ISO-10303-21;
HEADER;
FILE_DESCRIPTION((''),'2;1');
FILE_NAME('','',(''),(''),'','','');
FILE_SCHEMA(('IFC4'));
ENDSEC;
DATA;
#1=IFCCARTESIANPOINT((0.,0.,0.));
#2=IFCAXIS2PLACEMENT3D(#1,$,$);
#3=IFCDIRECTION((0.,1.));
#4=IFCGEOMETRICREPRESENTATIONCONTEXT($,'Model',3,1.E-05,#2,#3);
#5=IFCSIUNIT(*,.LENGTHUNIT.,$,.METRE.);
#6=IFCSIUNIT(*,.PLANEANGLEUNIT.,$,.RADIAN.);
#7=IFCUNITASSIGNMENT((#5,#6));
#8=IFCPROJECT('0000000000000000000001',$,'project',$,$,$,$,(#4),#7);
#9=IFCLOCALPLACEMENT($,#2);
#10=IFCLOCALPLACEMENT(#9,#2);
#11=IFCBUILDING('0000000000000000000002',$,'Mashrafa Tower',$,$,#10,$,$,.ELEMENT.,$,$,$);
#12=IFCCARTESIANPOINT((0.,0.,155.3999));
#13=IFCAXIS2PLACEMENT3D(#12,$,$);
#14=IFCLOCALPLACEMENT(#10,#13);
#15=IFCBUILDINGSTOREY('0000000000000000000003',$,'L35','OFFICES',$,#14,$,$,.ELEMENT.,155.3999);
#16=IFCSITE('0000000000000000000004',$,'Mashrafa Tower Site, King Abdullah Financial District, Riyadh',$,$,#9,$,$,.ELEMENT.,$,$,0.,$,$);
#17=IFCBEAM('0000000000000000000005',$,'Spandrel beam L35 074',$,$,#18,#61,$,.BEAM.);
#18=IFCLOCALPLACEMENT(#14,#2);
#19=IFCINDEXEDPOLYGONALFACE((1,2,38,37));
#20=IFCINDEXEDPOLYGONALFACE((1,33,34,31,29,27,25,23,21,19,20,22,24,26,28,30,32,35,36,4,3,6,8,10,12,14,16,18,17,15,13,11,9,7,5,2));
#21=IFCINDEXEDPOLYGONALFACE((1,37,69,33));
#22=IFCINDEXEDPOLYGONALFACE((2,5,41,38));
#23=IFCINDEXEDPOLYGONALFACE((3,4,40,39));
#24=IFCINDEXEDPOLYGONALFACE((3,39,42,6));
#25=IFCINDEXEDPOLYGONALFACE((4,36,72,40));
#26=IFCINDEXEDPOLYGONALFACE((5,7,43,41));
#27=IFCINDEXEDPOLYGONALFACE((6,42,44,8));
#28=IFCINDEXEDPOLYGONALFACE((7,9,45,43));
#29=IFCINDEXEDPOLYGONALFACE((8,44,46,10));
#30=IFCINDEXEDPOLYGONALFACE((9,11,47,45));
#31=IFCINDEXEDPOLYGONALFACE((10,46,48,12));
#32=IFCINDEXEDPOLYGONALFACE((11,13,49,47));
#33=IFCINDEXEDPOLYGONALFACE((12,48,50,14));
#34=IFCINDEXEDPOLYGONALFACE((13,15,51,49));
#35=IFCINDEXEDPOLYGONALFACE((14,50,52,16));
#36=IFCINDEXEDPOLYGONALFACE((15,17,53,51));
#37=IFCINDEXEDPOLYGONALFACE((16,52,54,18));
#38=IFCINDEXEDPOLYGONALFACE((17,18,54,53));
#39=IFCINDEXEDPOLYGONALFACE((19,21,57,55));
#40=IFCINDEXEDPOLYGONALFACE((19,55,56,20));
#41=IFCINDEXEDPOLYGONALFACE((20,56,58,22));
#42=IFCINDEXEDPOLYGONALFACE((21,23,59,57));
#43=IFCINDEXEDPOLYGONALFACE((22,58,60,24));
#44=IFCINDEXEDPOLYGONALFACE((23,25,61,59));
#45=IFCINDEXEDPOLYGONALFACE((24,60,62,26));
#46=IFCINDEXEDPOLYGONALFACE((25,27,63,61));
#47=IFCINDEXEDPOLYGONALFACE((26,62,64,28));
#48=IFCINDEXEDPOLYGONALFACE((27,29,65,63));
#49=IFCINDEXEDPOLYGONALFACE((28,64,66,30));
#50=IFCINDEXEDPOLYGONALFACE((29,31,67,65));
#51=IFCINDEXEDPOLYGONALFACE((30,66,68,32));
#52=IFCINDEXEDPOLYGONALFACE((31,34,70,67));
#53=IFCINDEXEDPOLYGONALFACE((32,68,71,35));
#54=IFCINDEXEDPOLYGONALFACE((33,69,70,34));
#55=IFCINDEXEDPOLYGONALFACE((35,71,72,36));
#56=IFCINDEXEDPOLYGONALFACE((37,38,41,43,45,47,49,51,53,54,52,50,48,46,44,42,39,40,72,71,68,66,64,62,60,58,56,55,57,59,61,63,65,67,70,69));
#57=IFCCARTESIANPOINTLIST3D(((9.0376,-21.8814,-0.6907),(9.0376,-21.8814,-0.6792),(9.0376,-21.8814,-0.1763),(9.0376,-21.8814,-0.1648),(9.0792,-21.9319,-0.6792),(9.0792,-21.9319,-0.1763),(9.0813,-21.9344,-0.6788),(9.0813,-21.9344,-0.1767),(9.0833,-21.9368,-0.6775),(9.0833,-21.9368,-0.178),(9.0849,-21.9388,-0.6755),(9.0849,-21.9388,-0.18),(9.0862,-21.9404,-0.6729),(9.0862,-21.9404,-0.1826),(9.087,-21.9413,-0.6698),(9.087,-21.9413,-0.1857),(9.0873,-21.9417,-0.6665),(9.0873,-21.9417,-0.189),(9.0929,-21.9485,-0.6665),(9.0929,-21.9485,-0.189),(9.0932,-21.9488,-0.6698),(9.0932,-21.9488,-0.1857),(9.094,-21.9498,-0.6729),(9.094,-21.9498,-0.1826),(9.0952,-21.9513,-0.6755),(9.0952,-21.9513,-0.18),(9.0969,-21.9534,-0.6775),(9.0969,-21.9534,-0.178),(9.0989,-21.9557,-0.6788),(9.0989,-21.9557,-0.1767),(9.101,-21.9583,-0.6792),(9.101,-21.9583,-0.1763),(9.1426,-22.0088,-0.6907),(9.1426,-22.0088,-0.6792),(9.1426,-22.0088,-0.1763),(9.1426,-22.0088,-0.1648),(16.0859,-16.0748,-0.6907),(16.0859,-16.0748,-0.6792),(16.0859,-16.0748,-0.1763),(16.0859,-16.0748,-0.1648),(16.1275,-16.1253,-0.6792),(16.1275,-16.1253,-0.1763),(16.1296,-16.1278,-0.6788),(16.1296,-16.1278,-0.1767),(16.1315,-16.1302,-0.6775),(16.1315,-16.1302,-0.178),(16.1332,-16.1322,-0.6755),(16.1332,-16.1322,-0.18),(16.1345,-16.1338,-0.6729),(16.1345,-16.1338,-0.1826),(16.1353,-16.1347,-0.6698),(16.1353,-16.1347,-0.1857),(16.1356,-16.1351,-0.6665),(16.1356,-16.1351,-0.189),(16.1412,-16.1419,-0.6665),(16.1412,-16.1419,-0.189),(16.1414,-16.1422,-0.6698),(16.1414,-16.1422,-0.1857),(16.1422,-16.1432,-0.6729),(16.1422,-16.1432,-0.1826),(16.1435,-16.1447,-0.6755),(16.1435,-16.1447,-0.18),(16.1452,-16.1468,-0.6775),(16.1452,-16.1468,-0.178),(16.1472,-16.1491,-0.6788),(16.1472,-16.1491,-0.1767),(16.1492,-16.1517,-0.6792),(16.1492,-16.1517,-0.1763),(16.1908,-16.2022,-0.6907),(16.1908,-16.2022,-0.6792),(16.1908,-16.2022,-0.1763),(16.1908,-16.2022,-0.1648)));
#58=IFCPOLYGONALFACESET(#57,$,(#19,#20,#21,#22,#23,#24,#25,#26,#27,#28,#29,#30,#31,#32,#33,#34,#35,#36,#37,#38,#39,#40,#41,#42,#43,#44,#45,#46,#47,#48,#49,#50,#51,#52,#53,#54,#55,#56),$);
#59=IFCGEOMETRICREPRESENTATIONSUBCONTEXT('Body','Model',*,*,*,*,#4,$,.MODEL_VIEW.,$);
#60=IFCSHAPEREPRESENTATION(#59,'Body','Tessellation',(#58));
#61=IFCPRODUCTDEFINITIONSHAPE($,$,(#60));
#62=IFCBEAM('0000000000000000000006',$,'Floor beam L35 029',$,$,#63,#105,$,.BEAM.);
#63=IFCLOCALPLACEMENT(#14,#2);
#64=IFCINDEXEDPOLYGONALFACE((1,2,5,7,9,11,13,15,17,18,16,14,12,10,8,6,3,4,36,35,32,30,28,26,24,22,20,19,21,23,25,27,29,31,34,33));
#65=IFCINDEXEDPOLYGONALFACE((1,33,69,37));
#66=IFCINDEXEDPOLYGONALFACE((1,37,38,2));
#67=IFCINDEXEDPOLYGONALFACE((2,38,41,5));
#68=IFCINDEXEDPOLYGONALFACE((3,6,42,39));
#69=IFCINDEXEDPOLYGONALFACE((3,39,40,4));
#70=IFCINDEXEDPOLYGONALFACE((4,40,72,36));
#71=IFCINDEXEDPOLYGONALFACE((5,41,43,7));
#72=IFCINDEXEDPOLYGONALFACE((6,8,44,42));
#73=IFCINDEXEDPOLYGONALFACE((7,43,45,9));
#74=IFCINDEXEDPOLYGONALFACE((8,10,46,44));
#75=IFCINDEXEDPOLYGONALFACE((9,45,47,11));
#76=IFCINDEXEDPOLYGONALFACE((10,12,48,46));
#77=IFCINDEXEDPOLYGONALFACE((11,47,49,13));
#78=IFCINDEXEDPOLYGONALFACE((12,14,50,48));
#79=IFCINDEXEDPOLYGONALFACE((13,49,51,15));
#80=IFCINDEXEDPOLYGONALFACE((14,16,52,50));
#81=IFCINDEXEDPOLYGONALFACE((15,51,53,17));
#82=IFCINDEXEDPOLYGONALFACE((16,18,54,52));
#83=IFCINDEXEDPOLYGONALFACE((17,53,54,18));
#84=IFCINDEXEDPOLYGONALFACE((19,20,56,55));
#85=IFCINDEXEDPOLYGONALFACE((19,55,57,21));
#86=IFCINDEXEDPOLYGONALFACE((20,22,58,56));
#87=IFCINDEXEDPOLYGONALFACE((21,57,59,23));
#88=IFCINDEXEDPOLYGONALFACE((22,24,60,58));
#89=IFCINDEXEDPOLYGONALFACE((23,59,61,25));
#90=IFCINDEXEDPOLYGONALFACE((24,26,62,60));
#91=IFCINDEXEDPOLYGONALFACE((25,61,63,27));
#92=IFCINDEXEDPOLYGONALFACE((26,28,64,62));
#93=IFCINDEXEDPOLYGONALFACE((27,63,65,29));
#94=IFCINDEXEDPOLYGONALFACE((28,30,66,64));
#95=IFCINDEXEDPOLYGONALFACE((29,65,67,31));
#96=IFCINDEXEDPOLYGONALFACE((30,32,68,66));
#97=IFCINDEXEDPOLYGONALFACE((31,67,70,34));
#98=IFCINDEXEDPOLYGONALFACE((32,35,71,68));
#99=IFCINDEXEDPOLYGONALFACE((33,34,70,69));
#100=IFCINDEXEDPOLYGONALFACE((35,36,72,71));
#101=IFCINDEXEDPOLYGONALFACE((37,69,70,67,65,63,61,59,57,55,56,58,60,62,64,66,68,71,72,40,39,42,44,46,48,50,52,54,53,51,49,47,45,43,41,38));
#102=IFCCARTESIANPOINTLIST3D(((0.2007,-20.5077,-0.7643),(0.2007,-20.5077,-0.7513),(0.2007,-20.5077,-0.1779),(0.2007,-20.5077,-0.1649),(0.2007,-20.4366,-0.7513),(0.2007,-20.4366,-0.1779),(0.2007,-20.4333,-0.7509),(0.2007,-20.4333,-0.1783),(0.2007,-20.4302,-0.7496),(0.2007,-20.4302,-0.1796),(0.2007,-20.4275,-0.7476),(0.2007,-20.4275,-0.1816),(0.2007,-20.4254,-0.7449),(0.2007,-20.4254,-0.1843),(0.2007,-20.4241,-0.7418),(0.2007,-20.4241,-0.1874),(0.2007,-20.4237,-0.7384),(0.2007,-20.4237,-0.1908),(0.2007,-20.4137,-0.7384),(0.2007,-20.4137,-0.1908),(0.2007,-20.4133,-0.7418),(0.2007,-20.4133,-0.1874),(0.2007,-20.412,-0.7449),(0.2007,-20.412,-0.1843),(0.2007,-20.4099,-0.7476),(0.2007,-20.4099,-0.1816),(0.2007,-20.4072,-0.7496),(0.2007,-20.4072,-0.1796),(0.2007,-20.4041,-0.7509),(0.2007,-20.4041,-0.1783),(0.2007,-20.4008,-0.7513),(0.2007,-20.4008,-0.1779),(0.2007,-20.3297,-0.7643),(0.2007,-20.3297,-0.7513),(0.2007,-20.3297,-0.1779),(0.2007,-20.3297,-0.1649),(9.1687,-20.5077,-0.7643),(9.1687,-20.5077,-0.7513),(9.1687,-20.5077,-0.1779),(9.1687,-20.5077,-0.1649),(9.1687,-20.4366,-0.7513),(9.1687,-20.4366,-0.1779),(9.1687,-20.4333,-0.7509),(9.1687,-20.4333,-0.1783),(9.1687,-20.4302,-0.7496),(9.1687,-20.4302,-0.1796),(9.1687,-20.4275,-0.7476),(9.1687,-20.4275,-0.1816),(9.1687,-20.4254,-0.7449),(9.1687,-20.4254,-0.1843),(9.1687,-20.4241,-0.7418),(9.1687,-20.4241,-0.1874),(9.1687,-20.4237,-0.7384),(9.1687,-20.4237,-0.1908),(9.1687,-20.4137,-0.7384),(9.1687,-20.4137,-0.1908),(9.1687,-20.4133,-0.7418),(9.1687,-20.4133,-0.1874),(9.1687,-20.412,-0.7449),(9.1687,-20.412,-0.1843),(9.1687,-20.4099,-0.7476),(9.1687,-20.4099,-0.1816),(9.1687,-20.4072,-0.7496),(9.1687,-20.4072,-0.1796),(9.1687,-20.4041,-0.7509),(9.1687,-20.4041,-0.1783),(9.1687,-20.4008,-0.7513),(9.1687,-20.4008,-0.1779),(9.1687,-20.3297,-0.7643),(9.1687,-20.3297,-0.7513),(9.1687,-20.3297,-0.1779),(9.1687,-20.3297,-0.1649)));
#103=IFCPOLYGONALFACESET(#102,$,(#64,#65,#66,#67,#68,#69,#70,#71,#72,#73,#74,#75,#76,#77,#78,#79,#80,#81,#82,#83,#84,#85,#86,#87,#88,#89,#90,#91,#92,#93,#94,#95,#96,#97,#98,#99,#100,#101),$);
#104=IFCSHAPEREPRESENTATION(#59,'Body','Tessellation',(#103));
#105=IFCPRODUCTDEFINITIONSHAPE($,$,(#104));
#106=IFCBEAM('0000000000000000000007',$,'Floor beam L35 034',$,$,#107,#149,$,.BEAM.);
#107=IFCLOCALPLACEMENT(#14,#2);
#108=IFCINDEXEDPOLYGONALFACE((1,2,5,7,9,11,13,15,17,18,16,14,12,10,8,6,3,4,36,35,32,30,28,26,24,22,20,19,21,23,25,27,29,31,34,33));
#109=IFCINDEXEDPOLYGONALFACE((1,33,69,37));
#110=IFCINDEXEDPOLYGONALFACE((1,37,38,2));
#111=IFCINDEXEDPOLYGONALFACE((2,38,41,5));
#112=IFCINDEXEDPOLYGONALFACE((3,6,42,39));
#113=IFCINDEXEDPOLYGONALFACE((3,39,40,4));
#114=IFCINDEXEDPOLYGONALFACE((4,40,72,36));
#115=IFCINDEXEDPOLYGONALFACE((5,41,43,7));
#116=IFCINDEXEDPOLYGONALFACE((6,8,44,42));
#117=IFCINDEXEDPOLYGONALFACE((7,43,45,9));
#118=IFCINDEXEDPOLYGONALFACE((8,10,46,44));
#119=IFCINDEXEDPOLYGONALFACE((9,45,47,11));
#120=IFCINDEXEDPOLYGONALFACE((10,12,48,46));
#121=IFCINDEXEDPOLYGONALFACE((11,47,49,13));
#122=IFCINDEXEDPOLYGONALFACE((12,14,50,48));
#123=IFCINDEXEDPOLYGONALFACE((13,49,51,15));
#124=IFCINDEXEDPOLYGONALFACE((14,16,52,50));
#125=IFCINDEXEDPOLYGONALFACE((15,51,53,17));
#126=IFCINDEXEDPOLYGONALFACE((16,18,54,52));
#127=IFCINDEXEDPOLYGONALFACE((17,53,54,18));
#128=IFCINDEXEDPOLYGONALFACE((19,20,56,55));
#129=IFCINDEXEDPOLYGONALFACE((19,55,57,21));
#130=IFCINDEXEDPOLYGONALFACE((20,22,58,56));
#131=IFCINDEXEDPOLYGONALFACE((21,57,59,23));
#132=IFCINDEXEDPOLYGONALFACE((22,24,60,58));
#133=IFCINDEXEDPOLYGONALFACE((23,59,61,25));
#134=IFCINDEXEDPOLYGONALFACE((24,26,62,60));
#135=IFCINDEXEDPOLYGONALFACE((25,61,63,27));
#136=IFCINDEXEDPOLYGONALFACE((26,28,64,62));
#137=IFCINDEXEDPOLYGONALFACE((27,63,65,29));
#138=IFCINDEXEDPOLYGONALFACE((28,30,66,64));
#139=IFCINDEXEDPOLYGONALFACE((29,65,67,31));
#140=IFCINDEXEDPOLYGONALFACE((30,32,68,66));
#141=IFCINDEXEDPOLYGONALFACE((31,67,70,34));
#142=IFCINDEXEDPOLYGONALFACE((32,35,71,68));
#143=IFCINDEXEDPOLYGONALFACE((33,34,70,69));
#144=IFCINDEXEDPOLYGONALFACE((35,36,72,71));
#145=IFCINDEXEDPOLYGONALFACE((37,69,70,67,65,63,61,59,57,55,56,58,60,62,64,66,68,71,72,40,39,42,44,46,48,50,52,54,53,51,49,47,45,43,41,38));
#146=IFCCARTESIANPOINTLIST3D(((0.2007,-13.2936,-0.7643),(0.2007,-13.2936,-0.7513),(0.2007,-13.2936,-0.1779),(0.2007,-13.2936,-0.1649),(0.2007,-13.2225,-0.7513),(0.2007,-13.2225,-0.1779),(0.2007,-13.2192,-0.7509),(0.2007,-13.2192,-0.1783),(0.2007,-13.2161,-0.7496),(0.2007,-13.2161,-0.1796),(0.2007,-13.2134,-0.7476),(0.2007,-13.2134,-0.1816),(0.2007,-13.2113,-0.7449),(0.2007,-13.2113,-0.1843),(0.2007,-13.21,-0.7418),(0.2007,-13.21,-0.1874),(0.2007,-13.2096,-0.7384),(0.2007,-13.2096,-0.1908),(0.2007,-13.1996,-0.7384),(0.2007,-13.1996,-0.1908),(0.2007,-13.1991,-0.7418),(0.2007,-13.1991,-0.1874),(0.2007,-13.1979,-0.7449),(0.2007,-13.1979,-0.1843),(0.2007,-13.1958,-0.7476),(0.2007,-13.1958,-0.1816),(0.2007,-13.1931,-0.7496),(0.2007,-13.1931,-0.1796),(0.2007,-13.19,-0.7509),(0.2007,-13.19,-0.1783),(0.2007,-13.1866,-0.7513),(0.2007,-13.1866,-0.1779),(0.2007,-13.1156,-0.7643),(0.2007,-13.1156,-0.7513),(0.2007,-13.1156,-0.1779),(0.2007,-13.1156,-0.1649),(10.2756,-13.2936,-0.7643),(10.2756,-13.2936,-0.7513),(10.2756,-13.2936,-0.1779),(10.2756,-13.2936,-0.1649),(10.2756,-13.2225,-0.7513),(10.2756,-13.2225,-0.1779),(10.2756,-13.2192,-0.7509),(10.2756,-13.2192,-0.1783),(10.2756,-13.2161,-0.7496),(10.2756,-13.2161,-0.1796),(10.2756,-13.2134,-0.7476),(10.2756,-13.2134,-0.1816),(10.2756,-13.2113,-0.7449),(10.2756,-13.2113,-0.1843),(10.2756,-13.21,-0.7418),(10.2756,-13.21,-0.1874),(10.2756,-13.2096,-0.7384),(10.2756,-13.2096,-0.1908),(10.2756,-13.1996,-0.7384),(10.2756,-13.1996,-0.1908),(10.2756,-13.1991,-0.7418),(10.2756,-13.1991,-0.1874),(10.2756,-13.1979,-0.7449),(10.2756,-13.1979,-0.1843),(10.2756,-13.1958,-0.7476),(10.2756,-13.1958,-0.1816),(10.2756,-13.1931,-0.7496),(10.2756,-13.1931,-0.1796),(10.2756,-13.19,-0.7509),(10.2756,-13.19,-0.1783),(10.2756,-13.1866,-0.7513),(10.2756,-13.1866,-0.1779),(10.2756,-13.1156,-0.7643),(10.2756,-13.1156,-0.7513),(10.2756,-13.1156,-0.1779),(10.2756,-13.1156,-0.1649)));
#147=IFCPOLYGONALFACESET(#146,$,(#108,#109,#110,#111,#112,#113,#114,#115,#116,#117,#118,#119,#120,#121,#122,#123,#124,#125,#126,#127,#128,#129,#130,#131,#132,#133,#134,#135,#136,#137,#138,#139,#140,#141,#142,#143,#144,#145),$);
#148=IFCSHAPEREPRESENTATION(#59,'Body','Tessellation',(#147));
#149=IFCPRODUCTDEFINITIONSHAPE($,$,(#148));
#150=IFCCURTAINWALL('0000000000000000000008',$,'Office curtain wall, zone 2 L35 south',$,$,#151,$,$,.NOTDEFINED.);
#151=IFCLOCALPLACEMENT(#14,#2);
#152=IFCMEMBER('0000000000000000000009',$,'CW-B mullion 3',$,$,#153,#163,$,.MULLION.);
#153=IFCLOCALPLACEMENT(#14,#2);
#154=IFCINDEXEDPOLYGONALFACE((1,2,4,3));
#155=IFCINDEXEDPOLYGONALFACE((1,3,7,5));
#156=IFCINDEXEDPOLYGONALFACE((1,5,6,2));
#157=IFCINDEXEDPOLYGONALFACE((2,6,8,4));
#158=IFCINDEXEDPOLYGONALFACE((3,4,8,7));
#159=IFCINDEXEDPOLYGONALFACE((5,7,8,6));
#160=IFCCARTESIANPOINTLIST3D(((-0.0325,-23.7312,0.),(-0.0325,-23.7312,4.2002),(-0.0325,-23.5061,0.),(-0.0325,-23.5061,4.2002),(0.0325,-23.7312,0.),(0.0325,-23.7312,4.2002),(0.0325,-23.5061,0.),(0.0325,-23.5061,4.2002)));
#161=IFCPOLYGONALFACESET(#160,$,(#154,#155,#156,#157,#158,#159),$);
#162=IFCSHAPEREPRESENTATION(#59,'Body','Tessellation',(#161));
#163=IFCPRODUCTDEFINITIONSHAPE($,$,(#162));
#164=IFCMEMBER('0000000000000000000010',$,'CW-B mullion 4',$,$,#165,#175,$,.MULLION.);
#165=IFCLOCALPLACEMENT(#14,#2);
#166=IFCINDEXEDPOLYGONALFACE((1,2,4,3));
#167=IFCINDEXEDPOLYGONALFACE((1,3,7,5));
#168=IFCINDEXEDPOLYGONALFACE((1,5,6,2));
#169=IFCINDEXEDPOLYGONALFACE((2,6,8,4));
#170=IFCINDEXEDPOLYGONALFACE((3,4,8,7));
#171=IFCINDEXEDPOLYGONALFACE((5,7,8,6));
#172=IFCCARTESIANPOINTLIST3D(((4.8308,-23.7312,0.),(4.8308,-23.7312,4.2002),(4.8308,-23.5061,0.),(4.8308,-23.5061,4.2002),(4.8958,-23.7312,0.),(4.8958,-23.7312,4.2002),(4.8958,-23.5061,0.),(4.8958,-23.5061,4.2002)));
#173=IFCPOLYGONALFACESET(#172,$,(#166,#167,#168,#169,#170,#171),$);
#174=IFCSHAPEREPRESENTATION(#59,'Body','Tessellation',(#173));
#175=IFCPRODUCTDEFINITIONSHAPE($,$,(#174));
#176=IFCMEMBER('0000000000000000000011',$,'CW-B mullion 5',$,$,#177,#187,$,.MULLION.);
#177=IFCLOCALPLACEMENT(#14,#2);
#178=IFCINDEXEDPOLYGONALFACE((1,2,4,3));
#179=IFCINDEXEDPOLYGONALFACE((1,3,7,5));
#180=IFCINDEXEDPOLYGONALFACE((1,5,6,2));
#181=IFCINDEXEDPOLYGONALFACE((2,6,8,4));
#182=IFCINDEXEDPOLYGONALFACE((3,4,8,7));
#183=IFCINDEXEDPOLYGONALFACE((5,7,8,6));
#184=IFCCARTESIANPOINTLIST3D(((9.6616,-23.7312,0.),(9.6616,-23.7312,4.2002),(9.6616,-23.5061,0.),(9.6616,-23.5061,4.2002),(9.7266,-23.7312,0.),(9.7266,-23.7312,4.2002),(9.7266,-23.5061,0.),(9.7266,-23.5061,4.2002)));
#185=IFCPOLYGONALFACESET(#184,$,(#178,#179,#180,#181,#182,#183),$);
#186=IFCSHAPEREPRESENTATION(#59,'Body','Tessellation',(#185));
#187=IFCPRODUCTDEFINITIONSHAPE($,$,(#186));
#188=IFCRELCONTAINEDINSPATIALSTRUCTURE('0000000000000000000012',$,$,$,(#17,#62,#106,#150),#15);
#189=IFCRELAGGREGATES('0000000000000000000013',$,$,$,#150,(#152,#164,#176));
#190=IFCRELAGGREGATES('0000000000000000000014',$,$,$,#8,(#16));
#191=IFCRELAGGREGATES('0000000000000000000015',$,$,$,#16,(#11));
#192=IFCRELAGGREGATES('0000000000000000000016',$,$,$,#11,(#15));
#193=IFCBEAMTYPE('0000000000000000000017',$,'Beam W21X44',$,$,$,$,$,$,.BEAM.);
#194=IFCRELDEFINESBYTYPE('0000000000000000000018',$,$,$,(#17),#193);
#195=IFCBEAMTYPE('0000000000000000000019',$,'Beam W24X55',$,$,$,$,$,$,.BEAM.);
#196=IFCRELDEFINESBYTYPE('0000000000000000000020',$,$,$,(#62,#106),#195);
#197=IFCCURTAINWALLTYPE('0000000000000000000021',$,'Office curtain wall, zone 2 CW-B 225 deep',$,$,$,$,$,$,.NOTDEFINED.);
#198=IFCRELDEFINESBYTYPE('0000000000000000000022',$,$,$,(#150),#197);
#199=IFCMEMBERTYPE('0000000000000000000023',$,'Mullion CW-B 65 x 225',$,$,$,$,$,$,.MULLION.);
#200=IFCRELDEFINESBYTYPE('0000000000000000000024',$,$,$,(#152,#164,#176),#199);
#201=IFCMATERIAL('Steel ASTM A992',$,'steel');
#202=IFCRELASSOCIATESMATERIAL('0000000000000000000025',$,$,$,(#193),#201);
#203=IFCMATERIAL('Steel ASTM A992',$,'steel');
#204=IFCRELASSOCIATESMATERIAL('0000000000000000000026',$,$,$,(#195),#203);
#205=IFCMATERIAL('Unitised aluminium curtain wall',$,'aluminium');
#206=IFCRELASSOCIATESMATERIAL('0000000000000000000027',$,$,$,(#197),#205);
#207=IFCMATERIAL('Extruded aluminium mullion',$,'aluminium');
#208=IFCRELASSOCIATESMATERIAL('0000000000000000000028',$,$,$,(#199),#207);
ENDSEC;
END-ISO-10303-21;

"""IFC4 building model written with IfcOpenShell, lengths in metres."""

from ifc_helpers import new_model, si_unit, direction, frame, origin, origin_2d, place, context, subcontext, project, spatial, rectangle, i_section, extrude, source, transform, mapped, material, material_profile, profile_set, type_object, type_shapes, element, aggregate, save


model = new_model("IFC4")

# Units and contexts
model_context = context("Model", 3, precision=1e-05, world=origin(), true_north=direction((0.0, 1.0)))
body_context = subcontext(model_context, "Body", "Model", "MODEL_VIEW")
ifc_project = project(units=[si_unit("LENGTHUNIT", "METRE"), si_unit("PLANEANGLEUNIT", "RADIAN")], contexts=[model_context])

# Site, building, storey
site_placement = place(None, origin())
site = spatial("IfcSite", under=ifc_project, at=site_placement, Name="Mashrafa Tower Site, King Abdullah Financial District, Riyadh", CompositionType="ELEMENT", RefElevation=0.0)
building_placement = place(site_placement, origin())
building = spatial("IfcBuilding", under=site, at=building_placement, Name="Mashrafa Tower", CompositionType="ELEMENT")
storey_placement = place(building_placement, frame((0.0, 0.0, 155.3999)))
storey = spatial("IfcBuildingStorey", under=building, at=storey_placement, Name="L35", Description="OFFICES", CompositionType="ELEMENT", Elevation=155.3999)

# Beams
ifc_material_1 = material(Name="Steel ASTM A992", Category="steel")
ifc_material_profile_1 = material_profile(ifc_material_1, i_section(OverallWidth=0.165, OverallDepth=0.5259, WebThickness=0.0088, FlangeThickness=0.0115, FilletRadius=0.0127, at=origin_2d()), Name="W21X44")
ifc_profile_set_1 = profile_set([ifc_material_profile_1], Name="Steel ASTM A992")
beam_type_1 = type_object("IfcBeamType", Name="Beam W21X44", PredefinedType="BEAM", material=ifc_profile_set_1)
beam_1_placement = place(storey_placement, frame((9.0901, -21.9451, -0.4277), z_axis=(0.771816, 0.635846, 0.0), x_axis=(-0.635846, 0.771816, 0.0)))
element("IfcBeam", 1, at=beam_1_placement, inside=storey, type_object=beam_type_1, Name="Spandrel beam L35 074", PredefinedType="BEAM", context=body_context, shape_type="SweptSolid", body=[
    extrude(i_section(OverallWidth=0.165, OverallDepth=0.5259, WebThickness=0.0088, FlangeThickness=0.0115, FilletRadius=0.0127, at=origin_2d()), origin(), (0.0, 0.0, 1.0), 9.1321),
])
ifc_material_2 = material(Name="Steel ASTM A992", Category="steel")
ifc_material_profile_2 = material_profile(ifc_material_2, i_section(OverallWidth=0.178, OverallDepth=0.5994, WebThickness=0.01, FlangeThickness=0.0129, FilletRadius=0.0129, at=origin_2d()), Name="W24X55")
ifc_profile_set_2 = profile_set([ifc_material_profile_2], Name="Steel ASTM A992")
beam_type_2 = type_object("IfcBeamType", Name="Beam W24X55", PredefinedType="BEAM", material=ifc_profile_set_2)
beam_2_placement = place(storey_placement, frame((9.1687, -20.4187, -0.4646), z_axis=(-1.0, 0.0, 0.0), x_axis=(0.0, -1.0, 0.0)))
element("IfcBeam", 2, at=beam_2_placement, inside=storey, type_object=beam_type_2, Name="Floor beam L35 029", PredefinedType="BEAM", context=body_context, shape_type="SweptSolid", body=[
    extrude(i_section(OverallWidth=0.178, OverallDepth=0.5994, WebThickness=0.01, FlangeThickness=0.0129, FilletRadius=0.0129, at=origin_2d()), origin(), (0.0, 0.0, 1.0), 8.968),
])
beam_3_placement = place(storey_placement, frame((10.2756, -13.2046, -0.4646), z_axis=(-1.0, 0.0, 0.0), x_axis=(0.0, -1.0, 0.0)))
element("IfcBeam", 3, at=beam_3_placement, inside=storey, type_object=beam_type_2, Name="Floor beam L35 034", PredefinedType="BEAM", context=body_context, shape_type="SweptSolid", body=[
    extrude(i_section(OverallWidth=0.178, OverallDepth=0.5994, WebThickness=0.01, FlangeThickness=0.0129, FilletRadius=0.0129, at=origin_2d()), origin(), (0.0, 0.0, 1.0), 10.075),
])

# Curtain wall, members
ifc_material_3 = material(Name="Unitised aluminium curtain wall", Category="aluminium")
curtain_wall_type = type_object("IfcCurtainWallType", Name="Office curtain wall, zone 2 CW-B 225 deep", PredefinedType="NOTDEFINED", material=ifc_material_3)
curtain_wall_1_placement = place(storey_placement, origin())
curtain_wall_1 = element("IfcCurtainWall", 4, at=curtain_wall_1_placement, inside=storey, type_object=curtain_wall_type, Name="Office curtain wall, zone 2 L35 south", PredefinedType="NOTDEFINED")
ifc_material_4 = material(Name="Extruded aluminium mullion", Category="aluminium")
ifc_material_profile_3 = material_profile(ifc_material_4, rectangle(XDim=0.2251, YDim=0.0649, at=origin_2d()), Name="Mullion 65x225")
ifc_profile_set_3 = profile_set([ifc_material_profile_3], Name="Extruded aluminium mullion")
member_type_1 = type_object("IfcMemberType", Name="Mullion CW-B 65 x 225", PredefinedType="MULLION", material=ifc_profile_set_3)
shared_shape_1 = source(origin(), body_context, "Body", "SweptSolid", [
    extrude(rectangle(XDim=0.2251, YDim=0.0649, at=origin_2d()), origin(), (0.0, 0.0, 1.0), 4.2002),
])
type_shapes(member_type_1, [shared_shape_1])
member_1_placement = place(storey_placement, frame((0.0, -23.6187, 0.0), z_axis=(0.0, 0.0, 1.0), x_axis=(0.0, 1.0, 0.0)))
member_1 = element("IfcMember", 5, at=member_1_placement, type_object=member_type_1, Name="CW-B mullion 3", PredefinedType="MULLION", context=body_context, shape_type="MappedRepresentation", body=[
    mapped(shared_shape_1, transform((0.0, 0.0, 0.0))),
])
member_2_placement = place(storey_placement, frame((4.8633, -23.6187, 0.0), z_axis=(0.0, 0.0, 1.0), x_axis=(0.0, 1.0, 0.0)))
member_2 = element("IfcMember", 6, at=member_2_placement, type_object=member_type_1, Name="CW-B mullion 4", PredefinedType="MULLION", context=body_context, shape_type="MappedRepresentation", body=[
    mapped(shared_shape_1, transform((0.0, 0.0, 0.0))),
])
member_3_placement = place(storey_placement, frame((9.6941, -23.6187, 0.0), z_axis=(0.0, 0.0, 1.0), x_axis=(0.0, 1.0, 0.0)))
member_3 = element("IfcMember", 7, at=member_3_placement, type_object=member_type_1, Name="CW-B mullion 5", PredefinedType="MULLION", context=body_context, shape_type="MappedRepresentation", body=[
    mapped(shared_shape_1, transform((0.0, 0.0, 0.0))),
])

aggregate(curtain_wall_1, [member_1, member_2, member_3])

save(model, "model.ifc")
